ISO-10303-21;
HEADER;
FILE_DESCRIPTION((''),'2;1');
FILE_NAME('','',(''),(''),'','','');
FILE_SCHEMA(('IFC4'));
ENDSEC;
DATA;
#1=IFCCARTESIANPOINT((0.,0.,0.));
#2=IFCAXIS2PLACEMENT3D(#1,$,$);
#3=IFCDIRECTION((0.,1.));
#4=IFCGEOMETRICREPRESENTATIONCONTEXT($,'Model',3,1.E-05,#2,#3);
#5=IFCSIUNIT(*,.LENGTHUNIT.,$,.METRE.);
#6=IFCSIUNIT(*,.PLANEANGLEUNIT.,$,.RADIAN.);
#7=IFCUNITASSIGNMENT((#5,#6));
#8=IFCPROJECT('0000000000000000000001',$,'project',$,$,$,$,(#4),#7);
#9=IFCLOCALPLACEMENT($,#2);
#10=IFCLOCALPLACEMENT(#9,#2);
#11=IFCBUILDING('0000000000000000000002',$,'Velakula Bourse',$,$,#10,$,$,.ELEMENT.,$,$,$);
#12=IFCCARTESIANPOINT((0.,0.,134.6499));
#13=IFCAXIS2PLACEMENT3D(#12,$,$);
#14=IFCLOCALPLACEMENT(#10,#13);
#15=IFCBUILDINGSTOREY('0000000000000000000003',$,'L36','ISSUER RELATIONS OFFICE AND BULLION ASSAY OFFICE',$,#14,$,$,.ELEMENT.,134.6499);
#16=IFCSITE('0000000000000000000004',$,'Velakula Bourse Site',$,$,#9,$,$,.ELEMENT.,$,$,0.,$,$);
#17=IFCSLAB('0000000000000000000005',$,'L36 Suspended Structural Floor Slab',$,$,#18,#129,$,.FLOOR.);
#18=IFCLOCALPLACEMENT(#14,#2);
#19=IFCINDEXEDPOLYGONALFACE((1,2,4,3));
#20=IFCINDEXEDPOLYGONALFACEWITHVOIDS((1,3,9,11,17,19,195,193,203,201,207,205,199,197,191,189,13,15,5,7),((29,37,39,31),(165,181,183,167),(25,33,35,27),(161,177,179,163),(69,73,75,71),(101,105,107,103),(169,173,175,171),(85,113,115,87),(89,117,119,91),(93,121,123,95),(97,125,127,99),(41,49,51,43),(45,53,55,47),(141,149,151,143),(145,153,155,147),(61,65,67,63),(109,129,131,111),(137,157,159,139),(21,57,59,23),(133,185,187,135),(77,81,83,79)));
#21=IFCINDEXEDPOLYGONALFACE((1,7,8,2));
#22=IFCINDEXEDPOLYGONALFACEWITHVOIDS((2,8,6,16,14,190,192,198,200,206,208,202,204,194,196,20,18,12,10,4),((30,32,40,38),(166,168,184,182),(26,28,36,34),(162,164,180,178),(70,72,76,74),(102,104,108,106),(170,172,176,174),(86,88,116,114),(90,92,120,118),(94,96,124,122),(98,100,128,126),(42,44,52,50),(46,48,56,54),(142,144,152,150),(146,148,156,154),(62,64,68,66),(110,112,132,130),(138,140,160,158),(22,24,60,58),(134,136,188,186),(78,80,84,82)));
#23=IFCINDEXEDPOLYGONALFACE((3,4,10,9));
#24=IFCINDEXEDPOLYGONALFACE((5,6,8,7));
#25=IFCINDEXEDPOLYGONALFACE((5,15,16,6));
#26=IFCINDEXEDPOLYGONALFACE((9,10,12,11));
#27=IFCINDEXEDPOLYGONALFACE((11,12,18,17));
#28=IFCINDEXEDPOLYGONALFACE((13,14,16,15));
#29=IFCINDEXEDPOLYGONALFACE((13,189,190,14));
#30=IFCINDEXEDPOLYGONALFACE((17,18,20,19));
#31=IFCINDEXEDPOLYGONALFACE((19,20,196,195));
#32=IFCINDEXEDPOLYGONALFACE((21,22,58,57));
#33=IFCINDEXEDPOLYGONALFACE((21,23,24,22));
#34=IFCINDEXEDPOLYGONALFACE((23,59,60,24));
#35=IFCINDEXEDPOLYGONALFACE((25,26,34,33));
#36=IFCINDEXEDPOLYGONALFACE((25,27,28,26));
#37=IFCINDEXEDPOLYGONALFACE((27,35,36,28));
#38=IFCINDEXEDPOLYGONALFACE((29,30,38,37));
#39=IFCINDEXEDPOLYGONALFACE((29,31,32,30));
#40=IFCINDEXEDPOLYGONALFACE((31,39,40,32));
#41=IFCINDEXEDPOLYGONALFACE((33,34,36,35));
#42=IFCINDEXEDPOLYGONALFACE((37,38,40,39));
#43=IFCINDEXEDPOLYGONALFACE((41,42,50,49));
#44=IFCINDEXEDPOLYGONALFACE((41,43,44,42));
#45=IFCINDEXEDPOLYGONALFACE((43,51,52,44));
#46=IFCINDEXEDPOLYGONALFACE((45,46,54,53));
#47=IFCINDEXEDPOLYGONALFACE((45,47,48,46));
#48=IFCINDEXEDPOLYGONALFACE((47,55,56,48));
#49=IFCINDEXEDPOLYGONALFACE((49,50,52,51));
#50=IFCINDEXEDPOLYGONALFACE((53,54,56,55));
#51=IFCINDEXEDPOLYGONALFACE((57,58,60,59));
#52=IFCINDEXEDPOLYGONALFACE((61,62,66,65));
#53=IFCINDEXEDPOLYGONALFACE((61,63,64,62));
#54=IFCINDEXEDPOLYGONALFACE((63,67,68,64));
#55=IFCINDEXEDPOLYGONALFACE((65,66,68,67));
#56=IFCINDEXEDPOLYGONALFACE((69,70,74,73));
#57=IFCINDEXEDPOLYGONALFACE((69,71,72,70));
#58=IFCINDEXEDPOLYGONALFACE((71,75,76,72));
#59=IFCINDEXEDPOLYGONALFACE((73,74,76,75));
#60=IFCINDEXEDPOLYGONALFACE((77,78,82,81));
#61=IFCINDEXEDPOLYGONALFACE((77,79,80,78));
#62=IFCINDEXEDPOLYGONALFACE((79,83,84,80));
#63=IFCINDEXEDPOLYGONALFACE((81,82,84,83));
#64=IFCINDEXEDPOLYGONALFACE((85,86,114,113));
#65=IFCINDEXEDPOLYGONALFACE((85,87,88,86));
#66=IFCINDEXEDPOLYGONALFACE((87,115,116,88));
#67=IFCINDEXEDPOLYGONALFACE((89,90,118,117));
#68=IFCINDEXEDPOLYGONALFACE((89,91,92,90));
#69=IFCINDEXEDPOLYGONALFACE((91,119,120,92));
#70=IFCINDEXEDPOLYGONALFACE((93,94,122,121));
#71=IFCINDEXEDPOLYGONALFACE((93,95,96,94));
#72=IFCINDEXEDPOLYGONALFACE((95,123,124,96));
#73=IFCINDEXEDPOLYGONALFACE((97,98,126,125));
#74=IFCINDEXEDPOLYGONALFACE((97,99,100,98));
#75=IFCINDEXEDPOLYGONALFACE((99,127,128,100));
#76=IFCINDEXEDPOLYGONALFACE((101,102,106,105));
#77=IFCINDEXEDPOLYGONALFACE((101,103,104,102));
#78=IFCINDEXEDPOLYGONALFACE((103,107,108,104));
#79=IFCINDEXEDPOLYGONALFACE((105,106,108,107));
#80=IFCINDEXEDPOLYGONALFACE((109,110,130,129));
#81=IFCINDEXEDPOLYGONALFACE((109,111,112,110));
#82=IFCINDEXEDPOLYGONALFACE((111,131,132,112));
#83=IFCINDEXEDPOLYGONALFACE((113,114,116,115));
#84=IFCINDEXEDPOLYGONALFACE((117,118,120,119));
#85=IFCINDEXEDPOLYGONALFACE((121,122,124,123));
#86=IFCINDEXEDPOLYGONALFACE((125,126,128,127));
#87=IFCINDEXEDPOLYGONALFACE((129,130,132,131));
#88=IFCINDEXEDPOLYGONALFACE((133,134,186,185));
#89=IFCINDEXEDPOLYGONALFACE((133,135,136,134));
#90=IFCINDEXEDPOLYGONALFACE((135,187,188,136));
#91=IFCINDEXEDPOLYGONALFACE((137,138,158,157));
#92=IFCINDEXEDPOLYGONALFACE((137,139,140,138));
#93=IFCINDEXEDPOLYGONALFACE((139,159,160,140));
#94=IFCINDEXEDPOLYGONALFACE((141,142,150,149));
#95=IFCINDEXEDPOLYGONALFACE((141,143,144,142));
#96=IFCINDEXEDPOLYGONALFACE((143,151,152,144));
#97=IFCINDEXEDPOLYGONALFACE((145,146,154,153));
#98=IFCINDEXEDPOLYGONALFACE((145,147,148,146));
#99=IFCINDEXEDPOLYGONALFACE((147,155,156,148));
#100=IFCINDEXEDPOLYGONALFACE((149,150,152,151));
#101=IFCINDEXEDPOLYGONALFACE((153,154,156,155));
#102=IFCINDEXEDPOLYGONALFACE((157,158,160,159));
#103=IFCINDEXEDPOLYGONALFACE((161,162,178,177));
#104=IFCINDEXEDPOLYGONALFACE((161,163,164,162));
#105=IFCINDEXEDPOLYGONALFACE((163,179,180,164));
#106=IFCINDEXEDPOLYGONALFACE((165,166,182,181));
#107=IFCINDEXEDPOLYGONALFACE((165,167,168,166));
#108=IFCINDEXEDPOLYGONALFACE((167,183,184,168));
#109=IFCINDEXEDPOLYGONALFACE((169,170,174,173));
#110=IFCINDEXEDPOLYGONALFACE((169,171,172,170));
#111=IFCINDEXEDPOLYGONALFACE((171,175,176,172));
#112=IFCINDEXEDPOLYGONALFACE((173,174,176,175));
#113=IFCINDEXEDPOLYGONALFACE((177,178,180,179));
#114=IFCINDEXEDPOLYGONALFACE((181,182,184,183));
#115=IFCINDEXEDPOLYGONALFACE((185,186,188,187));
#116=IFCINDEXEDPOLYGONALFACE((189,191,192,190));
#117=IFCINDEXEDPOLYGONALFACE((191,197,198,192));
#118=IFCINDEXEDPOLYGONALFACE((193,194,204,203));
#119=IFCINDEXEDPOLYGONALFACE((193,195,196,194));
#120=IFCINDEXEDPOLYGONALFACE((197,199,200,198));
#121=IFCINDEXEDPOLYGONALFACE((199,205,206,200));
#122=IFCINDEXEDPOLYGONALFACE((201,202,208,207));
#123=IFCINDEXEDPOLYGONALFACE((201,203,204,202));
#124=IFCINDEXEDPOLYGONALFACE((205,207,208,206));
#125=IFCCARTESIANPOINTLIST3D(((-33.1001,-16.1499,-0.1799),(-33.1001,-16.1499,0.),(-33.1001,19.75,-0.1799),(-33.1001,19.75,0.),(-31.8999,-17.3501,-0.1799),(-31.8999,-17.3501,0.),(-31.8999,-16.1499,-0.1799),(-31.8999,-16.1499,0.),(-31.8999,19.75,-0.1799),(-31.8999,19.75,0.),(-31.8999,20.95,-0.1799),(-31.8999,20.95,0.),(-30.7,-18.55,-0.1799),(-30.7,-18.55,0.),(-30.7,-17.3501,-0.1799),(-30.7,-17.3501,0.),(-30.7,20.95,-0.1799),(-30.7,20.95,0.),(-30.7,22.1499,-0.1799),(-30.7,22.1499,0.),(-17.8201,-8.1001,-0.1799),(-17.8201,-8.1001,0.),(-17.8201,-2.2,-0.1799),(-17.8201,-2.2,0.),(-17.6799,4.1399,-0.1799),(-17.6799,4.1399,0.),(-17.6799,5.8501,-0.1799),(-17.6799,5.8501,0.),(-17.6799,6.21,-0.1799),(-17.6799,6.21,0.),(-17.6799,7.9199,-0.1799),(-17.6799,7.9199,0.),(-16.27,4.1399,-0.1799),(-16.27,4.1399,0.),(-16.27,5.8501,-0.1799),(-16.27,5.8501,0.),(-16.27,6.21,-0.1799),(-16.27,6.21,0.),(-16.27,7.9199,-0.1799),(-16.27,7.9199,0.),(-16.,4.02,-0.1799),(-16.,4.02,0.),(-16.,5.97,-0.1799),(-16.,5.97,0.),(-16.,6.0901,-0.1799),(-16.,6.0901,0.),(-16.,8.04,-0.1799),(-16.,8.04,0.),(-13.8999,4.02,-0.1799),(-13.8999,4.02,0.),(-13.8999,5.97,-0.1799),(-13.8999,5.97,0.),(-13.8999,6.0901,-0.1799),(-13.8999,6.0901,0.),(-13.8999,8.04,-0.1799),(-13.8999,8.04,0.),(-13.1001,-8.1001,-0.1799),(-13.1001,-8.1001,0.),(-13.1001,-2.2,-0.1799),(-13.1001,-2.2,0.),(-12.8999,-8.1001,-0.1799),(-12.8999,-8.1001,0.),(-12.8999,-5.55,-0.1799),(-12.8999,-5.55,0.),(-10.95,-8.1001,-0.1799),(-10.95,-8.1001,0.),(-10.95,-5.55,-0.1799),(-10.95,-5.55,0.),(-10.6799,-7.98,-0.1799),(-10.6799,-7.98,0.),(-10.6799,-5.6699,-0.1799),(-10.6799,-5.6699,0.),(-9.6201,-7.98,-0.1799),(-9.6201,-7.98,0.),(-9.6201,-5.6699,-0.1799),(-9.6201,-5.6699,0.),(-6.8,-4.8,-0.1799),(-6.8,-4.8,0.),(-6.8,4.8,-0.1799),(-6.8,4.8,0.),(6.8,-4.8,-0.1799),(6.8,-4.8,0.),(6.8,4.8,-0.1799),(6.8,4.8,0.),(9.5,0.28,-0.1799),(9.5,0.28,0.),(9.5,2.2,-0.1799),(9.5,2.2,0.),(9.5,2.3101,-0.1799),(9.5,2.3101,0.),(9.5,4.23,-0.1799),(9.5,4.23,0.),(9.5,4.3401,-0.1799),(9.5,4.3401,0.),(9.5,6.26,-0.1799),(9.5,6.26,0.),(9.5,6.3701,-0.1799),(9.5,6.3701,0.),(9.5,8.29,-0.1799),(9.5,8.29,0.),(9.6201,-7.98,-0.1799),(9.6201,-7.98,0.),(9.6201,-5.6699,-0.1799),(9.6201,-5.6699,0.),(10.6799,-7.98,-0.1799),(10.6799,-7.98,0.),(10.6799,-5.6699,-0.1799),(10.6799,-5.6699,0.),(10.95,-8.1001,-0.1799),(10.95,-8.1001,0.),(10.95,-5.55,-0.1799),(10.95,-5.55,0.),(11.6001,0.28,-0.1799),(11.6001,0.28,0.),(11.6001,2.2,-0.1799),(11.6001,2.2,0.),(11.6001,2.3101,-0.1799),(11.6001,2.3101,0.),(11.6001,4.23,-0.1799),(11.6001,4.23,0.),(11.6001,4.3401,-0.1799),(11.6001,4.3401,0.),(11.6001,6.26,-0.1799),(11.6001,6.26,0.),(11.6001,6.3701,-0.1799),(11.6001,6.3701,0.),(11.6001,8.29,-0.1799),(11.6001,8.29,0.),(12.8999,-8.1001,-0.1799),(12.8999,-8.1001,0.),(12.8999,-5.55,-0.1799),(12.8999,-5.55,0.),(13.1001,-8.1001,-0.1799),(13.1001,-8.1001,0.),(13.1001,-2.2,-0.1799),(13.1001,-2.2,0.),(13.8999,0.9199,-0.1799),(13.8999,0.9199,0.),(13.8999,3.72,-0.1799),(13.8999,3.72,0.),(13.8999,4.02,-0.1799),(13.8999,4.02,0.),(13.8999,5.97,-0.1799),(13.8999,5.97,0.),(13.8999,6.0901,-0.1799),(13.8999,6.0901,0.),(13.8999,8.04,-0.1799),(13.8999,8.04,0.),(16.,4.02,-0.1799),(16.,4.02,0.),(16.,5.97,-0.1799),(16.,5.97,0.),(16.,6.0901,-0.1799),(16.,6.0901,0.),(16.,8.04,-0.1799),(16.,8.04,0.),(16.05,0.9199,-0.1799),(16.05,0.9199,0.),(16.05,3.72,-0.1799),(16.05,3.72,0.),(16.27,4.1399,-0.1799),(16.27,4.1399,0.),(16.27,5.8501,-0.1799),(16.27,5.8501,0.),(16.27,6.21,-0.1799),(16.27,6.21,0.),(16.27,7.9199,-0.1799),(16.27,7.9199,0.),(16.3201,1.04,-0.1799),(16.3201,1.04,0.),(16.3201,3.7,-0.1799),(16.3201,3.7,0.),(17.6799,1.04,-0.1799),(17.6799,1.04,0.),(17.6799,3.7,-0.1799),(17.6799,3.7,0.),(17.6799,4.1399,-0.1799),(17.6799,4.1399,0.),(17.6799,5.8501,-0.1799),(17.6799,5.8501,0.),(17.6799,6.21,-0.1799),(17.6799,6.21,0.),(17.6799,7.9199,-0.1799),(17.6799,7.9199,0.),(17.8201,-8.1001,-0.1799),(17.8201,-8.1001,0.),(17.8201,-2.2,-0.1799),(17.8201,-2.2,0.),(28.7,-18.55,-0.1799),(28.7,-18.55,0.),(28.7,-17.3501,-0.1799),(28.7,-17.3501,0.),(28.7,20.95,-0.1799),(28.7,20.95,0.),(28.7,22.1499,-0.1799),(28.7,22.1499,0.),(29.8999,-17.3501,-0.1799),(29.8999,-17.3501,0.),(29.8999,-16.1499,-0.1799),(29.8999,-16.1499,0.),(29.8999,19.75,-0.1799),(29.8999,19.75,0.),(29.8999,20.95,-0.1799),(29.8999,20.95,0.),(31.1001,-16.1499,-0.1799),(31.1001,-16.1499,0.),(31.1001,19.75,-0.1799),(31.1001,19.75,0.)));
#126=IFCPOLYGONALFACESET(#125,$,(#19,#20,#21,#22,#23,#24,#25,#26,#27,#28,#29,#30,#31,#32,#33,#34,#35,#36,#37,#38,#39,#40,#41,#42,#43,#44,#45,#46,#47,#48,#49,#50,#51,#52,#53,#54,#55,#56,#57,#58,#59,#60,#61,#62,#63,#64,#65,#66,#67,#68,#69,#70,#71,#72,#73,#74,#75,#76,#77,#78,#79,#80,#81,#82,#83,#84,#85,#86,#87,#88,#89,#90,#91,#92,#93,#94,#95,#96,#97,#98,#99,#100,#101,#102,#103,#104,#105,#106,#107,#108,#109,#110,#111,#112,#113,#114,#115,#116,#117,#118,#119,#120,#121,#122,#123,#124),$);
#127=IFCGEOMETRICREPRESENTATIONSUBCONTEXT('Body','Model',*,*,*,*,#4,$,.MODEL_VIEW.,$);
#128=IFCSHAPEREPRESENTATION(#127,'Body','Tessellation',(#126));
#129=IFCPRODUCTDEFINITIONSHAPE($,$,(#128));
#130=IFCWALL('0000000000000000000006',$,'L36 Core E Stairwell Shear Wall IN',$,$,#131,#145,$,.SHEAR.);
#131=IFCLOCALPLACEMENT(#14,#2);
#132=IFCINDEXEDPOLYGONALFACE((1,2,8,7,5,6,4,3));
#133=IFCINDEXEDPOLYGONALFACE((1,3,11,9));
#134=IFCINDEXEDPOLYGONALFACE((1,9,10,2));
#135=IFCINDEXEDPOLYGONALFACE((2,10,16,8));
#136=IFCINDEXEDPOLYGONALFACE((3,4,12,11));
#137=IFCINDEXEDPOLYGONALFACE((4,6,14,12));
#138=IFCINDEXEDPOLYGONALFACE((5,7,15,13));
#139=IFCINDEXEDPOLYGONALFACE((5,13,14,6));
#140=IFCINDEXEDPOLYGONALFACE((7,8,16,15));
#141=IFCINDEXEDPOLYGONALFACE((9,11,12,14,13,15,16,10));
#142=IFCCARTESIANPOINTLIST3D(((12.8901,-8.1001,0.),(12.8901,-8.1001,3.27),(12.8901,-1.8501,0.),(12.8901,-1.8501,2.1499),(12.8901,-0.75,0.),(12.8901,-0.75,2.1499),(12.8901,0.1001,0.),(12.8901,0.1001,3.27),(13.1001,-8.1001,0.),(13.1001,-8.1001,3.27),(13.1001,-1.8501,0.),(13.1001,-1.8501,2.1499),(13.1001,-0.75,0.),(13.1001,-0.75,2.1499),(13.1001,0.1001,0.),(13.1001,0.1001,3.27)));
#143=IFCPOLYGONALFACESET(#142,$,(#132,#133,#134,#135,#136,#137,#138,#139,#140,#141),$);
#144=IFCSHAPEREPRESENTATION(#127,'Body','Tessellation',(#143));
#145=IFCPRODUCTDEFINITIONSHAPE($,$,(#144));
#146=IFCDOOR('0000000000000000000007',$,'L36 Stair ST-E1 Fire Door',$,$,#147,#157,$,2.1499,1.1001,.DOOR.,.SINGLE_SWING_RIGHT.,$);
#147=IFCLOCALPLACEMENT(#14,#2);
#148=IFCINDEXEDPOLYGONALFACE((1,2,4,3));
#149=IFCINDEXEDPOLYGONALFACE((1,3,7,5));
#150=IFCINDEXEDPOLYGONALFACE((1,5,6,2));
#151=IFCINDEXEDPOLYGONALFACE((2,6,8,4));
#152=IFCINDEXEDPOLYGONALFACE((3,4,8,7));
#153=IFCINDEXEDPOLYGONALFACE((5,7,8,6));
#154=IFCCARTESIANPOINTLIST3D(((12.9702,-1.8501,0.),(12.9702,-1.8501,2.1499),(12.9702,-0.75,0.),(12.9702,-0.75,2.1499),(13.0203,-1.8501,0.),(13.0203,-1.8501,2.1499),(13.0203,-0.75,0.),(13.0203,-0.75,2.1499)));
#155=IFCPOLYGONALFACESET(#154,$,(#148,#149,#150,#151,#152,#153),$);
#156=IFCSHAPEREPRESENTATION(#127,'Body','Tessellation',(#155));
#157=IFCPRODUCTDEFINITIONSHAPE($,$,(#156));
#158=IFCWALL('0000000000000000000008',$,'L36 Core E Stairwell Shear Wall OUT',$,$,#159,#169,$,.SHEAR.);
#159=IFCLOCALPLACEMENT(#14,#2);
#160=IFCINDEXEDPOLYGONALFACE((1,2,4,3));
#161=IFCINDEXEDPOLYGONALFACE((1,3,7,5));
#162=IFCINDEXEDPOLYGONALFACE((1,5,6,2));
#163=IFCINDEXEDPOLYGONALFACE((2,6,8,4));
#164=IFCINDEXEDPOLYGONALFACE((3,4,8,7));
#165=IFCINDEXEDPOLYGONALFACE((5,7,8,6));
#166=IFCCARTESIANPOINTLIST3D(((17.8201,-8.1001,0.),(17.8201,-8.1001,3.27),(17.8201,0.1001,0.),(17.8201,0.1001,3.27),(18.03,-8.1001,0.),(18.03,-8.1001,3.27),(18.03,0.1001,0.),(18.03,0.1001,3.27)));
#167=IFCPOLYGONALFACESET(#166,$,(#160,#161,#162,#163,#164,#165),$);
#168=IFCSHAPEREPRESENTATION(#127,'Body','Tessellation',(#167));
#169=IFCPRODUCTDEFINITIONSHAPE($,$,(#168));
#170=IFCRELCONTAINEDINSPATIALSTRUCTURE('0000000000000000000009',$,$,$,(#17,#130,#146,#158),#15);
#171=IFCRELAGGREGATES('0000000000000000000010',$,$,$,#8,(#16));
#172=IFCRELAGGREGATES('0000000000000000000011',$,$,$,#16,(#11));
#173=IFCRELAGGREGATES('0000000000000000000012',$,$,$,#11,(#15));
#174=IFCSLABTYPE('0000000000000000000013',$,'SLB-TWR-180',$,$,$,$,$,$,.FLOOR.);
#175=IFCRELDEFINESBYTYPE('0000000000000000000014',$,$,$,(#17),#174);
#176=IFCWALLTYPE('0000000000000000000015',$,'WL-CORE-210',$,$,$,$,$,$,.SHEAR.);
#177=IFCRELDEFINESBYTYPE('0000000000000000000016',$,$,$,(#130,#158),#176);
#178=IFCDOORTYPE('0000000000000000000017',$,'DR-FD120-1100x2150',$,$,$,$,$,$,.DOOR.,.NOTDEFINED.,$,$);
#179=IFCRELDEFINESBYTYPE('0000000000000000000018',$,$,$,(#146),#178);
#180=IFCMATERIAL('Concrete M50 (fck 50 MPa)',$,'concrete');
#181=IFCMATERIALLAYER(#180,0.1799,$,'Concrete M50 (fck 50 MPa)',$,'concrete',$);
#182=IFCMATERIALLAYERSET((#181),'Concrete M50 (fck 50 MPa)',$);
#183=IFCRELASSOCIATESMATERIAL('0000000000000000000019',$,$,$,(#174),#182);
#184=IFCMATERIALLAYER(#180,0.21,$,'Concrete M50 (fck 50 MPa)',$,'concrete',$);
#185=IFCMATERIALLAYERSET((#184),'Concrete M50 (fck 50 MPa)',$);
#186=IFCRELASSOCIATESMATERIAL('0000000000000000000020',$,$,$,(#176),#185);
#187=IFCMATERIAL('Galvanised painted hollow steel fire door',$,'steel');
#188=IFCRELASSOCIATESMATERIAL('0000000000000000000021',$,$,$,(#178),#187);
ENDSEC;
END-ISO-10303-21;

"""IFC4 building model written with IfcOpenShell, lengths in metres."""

from ifc_helpers import new_model, si_unit, direction, frame, frame_2d, origin, place, context, subcontext, project, spatial, polyline, rectangle, outline, extrude, material, layer, layer_set, type_object, element, fill, save


model = new_model("IFC4")

# Units and contexts
model_context = context("Model", 3, precision=1e-05, world=origin(), true_north=direction((0.0, 1.0)))
body_context = subcontext(model_context, "Body", "Model", "MODEL_VIEW")
ifc_project = project(units=[si_unit("LENGTHUNIT", "METRE"), si_unit("PLANEANGLEUNIT", "RADIAN")], contexts=[model_context])

# Site, building, storey
site_placement = place(None, origin())
site = spatial("IfcSite", under=ifc_project, at=site_placement, Name="Velakula Bourse Site", CompositionType="ELEMENT", RefElevation=0.0)
building_placement = place(site_placement, origin())
building = spatial("IfcBuilding", under=site, at=building_placement, Name="Velakula Bourse", CompositionType="ELEMENT")
storey_placement = place(building_placement, frame((0.0, 0.0, 134.6499)))
storey = spatial("IfcBuildingStorey", under=building, at=storey_placement, Name="L36", Description="ISSUER RELATIONS OFFICE AND BULLION ASSAY OFFICE", CompositionType="ELEMENT", Elevation=134.6499)

# Slab
ifc_material_1 = material(Name="Concrete M50 (fck 50 MPa)", Category="concrete")
ifc_layer_1 = layer(ifc_material_1, 0.1799, Name="Concrete M50 (fck 50 MPa)", Category="concrete")
ifc_layer_set_1 = layer_set([ifc_layer_1], Name="Concrete M50 (fck 50 MPa)")
slab_type_1 = type_object("IfcSlabType", Name="SLB-TWR-180", PredefinedType="FLOOR", material=ifc_layer_set_1)
slab_1_placement = place(storey_placement, frame((0.0, 0.0, -0.1799)))
element("IfcSlab", 1, at=slab_1_placement, inside=storey, type_object=slab_type_1, Name="L36 Suspended Structural Floor Slab", PredefinedType="FLOOR", context=body_context, shape_type="SweptSolid", body=[
    extrude(outline(polyline([(-30.7, -18.55), (28.7, -18.55), (28.7, -17.3501), (29.8999, -17.3501), (29.8999, -16.1499), (31.1001, -16.1499), (31.1001, 19.75), (29.8999, 19.75), (29.8999, 20.95), (28.7, 20.95), (28.7, 22.1499), (-30.7, 22.1499), (-30.7, 20.95), (-31.8999, 20.95), (-31.8999, 19.75), (-33.1001, 19.75), (-33.1001, -16.1499), (-31.8999, -16.1499), (-31.8999, -17.3501), (-30.7, -17.3501), (-30.7, -18.55)]), holes=[polyline([(-17.8201, -8.1001), (-13.1001, -8.1001), (-13.1001, -2.2), (-17.8201, -2.2), (-17.8201, -8.1001)]), polyline([(13.1001, -8.1001), (17.8201, -8.1001), (17.8201, -2.2), (13.1001, -2.2), (13.1001, -8.1001)]), polyline([(-12.8999, -8.1001), (-10.95, -8.1001), (-10.95, -5.55), (-12.8999, -5.55), (-12.8999, -8.1001)]), polyline([(10.95, -8.1001), (12.8999, -8.1001), (12.8999, -5.55), (10.95, -5.55), (10.95, -8.1001)]), polyline([(13.8999, 0.9199), (16.05, 0.9199), (16.05, 3.72), (13.8999, 3.72), (13.8999, 0.9199)]), polyline([(-10.6799, -7.98), (-9.6201, -7.98), (-9.6201, -5.6699), (-10.6799, -5.6699), (-10.6799, -7.98)]), polyline([(-17.6799, 4.1399), (-16.27, 4.1399), (-16.27, 5.8501), (-17.6799, 5.8501), (-17.6799, 4.1399)]), polyline([(-17.6799, 6.21), (-16.27, 6.21), (-16.27, 7.9199), (-17.6799, 7.9199), (-17.6799, 6.21)]), polyline([(9.6201, -7.98), (10.6799, -7.98), (10.6799, -5.6699), (9.6201, -5.6699), (9.6201, -7.98)]), polyline([(16.27, 4.1399), (17.6799, 4.1399), (17.6799, 5.8501), (16.27, 5.8501), (16.27, 4.1399)]), polyline([(16.27, 6.21), (17.6799, 6.21), (17.6799, 7.9199), (16.27, 7.9199), (16.27, 6.21)]), polyline([(16.3201, 1.04), (17.6799, 1.04), (17.6799, 3.7), (16.3201, 3.7), (16.3201, 1.04)]), polyline([(9.5, 0.28), (11.6001, 0.28), (11.6001, 2.2), (9.5, 2.2), (9.5, 0.28)]), polyline([(9.5, 2.3101), (11.6001, 2.3101), (11.6001, 4.23), (9.5, 4.23), (9.5, 2.3101)]), polyline([(9.5, 4.3401), (11.6001, 4.3401), (11.6001, 6.26), (9.5, 6.26), (9.5, 4.3401)]), polyline([(9.5, 6.3701), (11.6001, 6.3701), (11.6001, 8.29), (9.5, 8.29), (9.5, 6.3701)]), polyline([(-16.0, 4.02), (-13.8999, 4.02), (-13.8999, 5.97), (-16.0, 5.97), (-16.0, 4.02)]), polyline([(-16.0, 6.0901), (-13.8999, 6.0901), (-13.8999, 8.04), (-16.0, 8.04), (-16.0, 6.0901)]), polyline([(13.8999, 4.02), (16.0, 4.02), (16.0, 5.97), (13.8999, 5.97), (13.8999, 4.02)]), polyline([(13.8999, 6.0901), (16.0, 6.0901), (16.0, 8.04), (13.8999, 8.04), (13.8999, 6.0901)]), polyline([(-6.8, -4.8), (6.8, -4.8), (6.8, 4.8), (-6.8, 4.8), (-6.8, -4.8)])]), origin(), (0.0, 0.0, 1.0), 0.1799),
])

# Wall, opening, door
ifc_layer_2 = layer(ifc_material_1, 0.21, Name="Concrete M50 (fck 50 MPa)", Category="concrete")
ifc_layer_set_2 = layer_set([ifc_layer_2], Name="Concrete M50 (fck 50 MPa)")
wall_type_1 = type_object("IfcWallType", Name="WL-CORE-210", PredefinedType="SHEAR", material=ifc_layer_set_2)
wall_1_placement = place(storey_placement, frame((12.9951, -8.1001, 0.0), z_axis=(0.0, 0.0, 1.0), x_axis=(0.0, 1.0, 0.0)))
wall_1 = element("IfcWall", 2, at=wall_1_placement, inside=storey, type_object=wall_type_1, Name="L36 Core E Stairwell Shear Wall IN", PredefinedType="SHEAR", context=body_context, shape_type="SweptSolid", body=[
    extrude(rectangle(XDim=8.2002, YDim=0.21, at=frame_2d((4.1001, 0.0))), origin(), (0.0, 0.0, 1.0), 3.27),
])
opening_1_placement = place(wall_1_placement, frame((6.25, 0.0, 0.0)))
opening_1 = element("IfcOpeningElement", 3, at=opening_1_placement, cuts=wall_1, PredefinedType="OPENING", context=body_context, shape_type="SweptSolid", body=[
    extrude(rectangle(XDim=1.1001, YDim=2.1499, at=frame_2d((0.55, 1.075))), frame((0.0, 0.115, 0.0), z_axis=(0.0, -1.0, 0.0), x_axis=(1.0, 0.0, 0.0)), (0.0, 0.0, 1.0), 0.23),
])
ifc_material_2 = material(Name="Galvanised painted hollow steel fire door", Category="steel")
door_type_1 = type_object("IfcDoorType", Name="DR-FD120-1100x2150", OperationType="NOTDEFINED", PredefinedType="DOOR", material=ifc_material_2)
door_1_placement = place(opening_1_placement, origin())
door_1 = element("IfcDoor", 4, at=door_1_placement, inside=storey, type_object=door_type_1, Name="L36 Stair ST-E1 Fire Door", OperationType="SINGLE_SWING_RIGHT", OverallHeight=2.1499, OverallWidth=1.1001, PredefinedType="DOOR", context=body_context, shape_type="SweptSolid", body=[
    extrude(rectangle(XDim=1.1001, YDim=2.1499, at=frame_2d((0.55, 1.075))), frame((0.0, 0.0249, 0.0), z_axis=(0.0, -1.0, 0.0), x_axis=(1.0, 0.0, 0.0)), (0.0, 0.0, 1.0), 0.05),
])
fill(opening_1, door_1)

# Wall
wall_2_placement = place(storey_placement, frame((17.925, -8.1001, 0.0), z_axis=(0.0, 0.0, 1.0), x_axis=(0.0, 1.0, 0.0)))
element("IfcWall", 5, at=wall_2_placement, inside=storey, type_object=wall_type_1, Name="L36 Core E Stairwell Shear Wall OUT", PredefinedType="SHEAR", context=body_context, shape_type="SweptSolid", body=[
    extrude(rectangle(XDim=8.2002, YDim=0.21, at=frame_2d((4.1001, 0.0))), origin(), (0.0, 0.0, 1.0), 3.27),
])

save(model, "model.ifc")
